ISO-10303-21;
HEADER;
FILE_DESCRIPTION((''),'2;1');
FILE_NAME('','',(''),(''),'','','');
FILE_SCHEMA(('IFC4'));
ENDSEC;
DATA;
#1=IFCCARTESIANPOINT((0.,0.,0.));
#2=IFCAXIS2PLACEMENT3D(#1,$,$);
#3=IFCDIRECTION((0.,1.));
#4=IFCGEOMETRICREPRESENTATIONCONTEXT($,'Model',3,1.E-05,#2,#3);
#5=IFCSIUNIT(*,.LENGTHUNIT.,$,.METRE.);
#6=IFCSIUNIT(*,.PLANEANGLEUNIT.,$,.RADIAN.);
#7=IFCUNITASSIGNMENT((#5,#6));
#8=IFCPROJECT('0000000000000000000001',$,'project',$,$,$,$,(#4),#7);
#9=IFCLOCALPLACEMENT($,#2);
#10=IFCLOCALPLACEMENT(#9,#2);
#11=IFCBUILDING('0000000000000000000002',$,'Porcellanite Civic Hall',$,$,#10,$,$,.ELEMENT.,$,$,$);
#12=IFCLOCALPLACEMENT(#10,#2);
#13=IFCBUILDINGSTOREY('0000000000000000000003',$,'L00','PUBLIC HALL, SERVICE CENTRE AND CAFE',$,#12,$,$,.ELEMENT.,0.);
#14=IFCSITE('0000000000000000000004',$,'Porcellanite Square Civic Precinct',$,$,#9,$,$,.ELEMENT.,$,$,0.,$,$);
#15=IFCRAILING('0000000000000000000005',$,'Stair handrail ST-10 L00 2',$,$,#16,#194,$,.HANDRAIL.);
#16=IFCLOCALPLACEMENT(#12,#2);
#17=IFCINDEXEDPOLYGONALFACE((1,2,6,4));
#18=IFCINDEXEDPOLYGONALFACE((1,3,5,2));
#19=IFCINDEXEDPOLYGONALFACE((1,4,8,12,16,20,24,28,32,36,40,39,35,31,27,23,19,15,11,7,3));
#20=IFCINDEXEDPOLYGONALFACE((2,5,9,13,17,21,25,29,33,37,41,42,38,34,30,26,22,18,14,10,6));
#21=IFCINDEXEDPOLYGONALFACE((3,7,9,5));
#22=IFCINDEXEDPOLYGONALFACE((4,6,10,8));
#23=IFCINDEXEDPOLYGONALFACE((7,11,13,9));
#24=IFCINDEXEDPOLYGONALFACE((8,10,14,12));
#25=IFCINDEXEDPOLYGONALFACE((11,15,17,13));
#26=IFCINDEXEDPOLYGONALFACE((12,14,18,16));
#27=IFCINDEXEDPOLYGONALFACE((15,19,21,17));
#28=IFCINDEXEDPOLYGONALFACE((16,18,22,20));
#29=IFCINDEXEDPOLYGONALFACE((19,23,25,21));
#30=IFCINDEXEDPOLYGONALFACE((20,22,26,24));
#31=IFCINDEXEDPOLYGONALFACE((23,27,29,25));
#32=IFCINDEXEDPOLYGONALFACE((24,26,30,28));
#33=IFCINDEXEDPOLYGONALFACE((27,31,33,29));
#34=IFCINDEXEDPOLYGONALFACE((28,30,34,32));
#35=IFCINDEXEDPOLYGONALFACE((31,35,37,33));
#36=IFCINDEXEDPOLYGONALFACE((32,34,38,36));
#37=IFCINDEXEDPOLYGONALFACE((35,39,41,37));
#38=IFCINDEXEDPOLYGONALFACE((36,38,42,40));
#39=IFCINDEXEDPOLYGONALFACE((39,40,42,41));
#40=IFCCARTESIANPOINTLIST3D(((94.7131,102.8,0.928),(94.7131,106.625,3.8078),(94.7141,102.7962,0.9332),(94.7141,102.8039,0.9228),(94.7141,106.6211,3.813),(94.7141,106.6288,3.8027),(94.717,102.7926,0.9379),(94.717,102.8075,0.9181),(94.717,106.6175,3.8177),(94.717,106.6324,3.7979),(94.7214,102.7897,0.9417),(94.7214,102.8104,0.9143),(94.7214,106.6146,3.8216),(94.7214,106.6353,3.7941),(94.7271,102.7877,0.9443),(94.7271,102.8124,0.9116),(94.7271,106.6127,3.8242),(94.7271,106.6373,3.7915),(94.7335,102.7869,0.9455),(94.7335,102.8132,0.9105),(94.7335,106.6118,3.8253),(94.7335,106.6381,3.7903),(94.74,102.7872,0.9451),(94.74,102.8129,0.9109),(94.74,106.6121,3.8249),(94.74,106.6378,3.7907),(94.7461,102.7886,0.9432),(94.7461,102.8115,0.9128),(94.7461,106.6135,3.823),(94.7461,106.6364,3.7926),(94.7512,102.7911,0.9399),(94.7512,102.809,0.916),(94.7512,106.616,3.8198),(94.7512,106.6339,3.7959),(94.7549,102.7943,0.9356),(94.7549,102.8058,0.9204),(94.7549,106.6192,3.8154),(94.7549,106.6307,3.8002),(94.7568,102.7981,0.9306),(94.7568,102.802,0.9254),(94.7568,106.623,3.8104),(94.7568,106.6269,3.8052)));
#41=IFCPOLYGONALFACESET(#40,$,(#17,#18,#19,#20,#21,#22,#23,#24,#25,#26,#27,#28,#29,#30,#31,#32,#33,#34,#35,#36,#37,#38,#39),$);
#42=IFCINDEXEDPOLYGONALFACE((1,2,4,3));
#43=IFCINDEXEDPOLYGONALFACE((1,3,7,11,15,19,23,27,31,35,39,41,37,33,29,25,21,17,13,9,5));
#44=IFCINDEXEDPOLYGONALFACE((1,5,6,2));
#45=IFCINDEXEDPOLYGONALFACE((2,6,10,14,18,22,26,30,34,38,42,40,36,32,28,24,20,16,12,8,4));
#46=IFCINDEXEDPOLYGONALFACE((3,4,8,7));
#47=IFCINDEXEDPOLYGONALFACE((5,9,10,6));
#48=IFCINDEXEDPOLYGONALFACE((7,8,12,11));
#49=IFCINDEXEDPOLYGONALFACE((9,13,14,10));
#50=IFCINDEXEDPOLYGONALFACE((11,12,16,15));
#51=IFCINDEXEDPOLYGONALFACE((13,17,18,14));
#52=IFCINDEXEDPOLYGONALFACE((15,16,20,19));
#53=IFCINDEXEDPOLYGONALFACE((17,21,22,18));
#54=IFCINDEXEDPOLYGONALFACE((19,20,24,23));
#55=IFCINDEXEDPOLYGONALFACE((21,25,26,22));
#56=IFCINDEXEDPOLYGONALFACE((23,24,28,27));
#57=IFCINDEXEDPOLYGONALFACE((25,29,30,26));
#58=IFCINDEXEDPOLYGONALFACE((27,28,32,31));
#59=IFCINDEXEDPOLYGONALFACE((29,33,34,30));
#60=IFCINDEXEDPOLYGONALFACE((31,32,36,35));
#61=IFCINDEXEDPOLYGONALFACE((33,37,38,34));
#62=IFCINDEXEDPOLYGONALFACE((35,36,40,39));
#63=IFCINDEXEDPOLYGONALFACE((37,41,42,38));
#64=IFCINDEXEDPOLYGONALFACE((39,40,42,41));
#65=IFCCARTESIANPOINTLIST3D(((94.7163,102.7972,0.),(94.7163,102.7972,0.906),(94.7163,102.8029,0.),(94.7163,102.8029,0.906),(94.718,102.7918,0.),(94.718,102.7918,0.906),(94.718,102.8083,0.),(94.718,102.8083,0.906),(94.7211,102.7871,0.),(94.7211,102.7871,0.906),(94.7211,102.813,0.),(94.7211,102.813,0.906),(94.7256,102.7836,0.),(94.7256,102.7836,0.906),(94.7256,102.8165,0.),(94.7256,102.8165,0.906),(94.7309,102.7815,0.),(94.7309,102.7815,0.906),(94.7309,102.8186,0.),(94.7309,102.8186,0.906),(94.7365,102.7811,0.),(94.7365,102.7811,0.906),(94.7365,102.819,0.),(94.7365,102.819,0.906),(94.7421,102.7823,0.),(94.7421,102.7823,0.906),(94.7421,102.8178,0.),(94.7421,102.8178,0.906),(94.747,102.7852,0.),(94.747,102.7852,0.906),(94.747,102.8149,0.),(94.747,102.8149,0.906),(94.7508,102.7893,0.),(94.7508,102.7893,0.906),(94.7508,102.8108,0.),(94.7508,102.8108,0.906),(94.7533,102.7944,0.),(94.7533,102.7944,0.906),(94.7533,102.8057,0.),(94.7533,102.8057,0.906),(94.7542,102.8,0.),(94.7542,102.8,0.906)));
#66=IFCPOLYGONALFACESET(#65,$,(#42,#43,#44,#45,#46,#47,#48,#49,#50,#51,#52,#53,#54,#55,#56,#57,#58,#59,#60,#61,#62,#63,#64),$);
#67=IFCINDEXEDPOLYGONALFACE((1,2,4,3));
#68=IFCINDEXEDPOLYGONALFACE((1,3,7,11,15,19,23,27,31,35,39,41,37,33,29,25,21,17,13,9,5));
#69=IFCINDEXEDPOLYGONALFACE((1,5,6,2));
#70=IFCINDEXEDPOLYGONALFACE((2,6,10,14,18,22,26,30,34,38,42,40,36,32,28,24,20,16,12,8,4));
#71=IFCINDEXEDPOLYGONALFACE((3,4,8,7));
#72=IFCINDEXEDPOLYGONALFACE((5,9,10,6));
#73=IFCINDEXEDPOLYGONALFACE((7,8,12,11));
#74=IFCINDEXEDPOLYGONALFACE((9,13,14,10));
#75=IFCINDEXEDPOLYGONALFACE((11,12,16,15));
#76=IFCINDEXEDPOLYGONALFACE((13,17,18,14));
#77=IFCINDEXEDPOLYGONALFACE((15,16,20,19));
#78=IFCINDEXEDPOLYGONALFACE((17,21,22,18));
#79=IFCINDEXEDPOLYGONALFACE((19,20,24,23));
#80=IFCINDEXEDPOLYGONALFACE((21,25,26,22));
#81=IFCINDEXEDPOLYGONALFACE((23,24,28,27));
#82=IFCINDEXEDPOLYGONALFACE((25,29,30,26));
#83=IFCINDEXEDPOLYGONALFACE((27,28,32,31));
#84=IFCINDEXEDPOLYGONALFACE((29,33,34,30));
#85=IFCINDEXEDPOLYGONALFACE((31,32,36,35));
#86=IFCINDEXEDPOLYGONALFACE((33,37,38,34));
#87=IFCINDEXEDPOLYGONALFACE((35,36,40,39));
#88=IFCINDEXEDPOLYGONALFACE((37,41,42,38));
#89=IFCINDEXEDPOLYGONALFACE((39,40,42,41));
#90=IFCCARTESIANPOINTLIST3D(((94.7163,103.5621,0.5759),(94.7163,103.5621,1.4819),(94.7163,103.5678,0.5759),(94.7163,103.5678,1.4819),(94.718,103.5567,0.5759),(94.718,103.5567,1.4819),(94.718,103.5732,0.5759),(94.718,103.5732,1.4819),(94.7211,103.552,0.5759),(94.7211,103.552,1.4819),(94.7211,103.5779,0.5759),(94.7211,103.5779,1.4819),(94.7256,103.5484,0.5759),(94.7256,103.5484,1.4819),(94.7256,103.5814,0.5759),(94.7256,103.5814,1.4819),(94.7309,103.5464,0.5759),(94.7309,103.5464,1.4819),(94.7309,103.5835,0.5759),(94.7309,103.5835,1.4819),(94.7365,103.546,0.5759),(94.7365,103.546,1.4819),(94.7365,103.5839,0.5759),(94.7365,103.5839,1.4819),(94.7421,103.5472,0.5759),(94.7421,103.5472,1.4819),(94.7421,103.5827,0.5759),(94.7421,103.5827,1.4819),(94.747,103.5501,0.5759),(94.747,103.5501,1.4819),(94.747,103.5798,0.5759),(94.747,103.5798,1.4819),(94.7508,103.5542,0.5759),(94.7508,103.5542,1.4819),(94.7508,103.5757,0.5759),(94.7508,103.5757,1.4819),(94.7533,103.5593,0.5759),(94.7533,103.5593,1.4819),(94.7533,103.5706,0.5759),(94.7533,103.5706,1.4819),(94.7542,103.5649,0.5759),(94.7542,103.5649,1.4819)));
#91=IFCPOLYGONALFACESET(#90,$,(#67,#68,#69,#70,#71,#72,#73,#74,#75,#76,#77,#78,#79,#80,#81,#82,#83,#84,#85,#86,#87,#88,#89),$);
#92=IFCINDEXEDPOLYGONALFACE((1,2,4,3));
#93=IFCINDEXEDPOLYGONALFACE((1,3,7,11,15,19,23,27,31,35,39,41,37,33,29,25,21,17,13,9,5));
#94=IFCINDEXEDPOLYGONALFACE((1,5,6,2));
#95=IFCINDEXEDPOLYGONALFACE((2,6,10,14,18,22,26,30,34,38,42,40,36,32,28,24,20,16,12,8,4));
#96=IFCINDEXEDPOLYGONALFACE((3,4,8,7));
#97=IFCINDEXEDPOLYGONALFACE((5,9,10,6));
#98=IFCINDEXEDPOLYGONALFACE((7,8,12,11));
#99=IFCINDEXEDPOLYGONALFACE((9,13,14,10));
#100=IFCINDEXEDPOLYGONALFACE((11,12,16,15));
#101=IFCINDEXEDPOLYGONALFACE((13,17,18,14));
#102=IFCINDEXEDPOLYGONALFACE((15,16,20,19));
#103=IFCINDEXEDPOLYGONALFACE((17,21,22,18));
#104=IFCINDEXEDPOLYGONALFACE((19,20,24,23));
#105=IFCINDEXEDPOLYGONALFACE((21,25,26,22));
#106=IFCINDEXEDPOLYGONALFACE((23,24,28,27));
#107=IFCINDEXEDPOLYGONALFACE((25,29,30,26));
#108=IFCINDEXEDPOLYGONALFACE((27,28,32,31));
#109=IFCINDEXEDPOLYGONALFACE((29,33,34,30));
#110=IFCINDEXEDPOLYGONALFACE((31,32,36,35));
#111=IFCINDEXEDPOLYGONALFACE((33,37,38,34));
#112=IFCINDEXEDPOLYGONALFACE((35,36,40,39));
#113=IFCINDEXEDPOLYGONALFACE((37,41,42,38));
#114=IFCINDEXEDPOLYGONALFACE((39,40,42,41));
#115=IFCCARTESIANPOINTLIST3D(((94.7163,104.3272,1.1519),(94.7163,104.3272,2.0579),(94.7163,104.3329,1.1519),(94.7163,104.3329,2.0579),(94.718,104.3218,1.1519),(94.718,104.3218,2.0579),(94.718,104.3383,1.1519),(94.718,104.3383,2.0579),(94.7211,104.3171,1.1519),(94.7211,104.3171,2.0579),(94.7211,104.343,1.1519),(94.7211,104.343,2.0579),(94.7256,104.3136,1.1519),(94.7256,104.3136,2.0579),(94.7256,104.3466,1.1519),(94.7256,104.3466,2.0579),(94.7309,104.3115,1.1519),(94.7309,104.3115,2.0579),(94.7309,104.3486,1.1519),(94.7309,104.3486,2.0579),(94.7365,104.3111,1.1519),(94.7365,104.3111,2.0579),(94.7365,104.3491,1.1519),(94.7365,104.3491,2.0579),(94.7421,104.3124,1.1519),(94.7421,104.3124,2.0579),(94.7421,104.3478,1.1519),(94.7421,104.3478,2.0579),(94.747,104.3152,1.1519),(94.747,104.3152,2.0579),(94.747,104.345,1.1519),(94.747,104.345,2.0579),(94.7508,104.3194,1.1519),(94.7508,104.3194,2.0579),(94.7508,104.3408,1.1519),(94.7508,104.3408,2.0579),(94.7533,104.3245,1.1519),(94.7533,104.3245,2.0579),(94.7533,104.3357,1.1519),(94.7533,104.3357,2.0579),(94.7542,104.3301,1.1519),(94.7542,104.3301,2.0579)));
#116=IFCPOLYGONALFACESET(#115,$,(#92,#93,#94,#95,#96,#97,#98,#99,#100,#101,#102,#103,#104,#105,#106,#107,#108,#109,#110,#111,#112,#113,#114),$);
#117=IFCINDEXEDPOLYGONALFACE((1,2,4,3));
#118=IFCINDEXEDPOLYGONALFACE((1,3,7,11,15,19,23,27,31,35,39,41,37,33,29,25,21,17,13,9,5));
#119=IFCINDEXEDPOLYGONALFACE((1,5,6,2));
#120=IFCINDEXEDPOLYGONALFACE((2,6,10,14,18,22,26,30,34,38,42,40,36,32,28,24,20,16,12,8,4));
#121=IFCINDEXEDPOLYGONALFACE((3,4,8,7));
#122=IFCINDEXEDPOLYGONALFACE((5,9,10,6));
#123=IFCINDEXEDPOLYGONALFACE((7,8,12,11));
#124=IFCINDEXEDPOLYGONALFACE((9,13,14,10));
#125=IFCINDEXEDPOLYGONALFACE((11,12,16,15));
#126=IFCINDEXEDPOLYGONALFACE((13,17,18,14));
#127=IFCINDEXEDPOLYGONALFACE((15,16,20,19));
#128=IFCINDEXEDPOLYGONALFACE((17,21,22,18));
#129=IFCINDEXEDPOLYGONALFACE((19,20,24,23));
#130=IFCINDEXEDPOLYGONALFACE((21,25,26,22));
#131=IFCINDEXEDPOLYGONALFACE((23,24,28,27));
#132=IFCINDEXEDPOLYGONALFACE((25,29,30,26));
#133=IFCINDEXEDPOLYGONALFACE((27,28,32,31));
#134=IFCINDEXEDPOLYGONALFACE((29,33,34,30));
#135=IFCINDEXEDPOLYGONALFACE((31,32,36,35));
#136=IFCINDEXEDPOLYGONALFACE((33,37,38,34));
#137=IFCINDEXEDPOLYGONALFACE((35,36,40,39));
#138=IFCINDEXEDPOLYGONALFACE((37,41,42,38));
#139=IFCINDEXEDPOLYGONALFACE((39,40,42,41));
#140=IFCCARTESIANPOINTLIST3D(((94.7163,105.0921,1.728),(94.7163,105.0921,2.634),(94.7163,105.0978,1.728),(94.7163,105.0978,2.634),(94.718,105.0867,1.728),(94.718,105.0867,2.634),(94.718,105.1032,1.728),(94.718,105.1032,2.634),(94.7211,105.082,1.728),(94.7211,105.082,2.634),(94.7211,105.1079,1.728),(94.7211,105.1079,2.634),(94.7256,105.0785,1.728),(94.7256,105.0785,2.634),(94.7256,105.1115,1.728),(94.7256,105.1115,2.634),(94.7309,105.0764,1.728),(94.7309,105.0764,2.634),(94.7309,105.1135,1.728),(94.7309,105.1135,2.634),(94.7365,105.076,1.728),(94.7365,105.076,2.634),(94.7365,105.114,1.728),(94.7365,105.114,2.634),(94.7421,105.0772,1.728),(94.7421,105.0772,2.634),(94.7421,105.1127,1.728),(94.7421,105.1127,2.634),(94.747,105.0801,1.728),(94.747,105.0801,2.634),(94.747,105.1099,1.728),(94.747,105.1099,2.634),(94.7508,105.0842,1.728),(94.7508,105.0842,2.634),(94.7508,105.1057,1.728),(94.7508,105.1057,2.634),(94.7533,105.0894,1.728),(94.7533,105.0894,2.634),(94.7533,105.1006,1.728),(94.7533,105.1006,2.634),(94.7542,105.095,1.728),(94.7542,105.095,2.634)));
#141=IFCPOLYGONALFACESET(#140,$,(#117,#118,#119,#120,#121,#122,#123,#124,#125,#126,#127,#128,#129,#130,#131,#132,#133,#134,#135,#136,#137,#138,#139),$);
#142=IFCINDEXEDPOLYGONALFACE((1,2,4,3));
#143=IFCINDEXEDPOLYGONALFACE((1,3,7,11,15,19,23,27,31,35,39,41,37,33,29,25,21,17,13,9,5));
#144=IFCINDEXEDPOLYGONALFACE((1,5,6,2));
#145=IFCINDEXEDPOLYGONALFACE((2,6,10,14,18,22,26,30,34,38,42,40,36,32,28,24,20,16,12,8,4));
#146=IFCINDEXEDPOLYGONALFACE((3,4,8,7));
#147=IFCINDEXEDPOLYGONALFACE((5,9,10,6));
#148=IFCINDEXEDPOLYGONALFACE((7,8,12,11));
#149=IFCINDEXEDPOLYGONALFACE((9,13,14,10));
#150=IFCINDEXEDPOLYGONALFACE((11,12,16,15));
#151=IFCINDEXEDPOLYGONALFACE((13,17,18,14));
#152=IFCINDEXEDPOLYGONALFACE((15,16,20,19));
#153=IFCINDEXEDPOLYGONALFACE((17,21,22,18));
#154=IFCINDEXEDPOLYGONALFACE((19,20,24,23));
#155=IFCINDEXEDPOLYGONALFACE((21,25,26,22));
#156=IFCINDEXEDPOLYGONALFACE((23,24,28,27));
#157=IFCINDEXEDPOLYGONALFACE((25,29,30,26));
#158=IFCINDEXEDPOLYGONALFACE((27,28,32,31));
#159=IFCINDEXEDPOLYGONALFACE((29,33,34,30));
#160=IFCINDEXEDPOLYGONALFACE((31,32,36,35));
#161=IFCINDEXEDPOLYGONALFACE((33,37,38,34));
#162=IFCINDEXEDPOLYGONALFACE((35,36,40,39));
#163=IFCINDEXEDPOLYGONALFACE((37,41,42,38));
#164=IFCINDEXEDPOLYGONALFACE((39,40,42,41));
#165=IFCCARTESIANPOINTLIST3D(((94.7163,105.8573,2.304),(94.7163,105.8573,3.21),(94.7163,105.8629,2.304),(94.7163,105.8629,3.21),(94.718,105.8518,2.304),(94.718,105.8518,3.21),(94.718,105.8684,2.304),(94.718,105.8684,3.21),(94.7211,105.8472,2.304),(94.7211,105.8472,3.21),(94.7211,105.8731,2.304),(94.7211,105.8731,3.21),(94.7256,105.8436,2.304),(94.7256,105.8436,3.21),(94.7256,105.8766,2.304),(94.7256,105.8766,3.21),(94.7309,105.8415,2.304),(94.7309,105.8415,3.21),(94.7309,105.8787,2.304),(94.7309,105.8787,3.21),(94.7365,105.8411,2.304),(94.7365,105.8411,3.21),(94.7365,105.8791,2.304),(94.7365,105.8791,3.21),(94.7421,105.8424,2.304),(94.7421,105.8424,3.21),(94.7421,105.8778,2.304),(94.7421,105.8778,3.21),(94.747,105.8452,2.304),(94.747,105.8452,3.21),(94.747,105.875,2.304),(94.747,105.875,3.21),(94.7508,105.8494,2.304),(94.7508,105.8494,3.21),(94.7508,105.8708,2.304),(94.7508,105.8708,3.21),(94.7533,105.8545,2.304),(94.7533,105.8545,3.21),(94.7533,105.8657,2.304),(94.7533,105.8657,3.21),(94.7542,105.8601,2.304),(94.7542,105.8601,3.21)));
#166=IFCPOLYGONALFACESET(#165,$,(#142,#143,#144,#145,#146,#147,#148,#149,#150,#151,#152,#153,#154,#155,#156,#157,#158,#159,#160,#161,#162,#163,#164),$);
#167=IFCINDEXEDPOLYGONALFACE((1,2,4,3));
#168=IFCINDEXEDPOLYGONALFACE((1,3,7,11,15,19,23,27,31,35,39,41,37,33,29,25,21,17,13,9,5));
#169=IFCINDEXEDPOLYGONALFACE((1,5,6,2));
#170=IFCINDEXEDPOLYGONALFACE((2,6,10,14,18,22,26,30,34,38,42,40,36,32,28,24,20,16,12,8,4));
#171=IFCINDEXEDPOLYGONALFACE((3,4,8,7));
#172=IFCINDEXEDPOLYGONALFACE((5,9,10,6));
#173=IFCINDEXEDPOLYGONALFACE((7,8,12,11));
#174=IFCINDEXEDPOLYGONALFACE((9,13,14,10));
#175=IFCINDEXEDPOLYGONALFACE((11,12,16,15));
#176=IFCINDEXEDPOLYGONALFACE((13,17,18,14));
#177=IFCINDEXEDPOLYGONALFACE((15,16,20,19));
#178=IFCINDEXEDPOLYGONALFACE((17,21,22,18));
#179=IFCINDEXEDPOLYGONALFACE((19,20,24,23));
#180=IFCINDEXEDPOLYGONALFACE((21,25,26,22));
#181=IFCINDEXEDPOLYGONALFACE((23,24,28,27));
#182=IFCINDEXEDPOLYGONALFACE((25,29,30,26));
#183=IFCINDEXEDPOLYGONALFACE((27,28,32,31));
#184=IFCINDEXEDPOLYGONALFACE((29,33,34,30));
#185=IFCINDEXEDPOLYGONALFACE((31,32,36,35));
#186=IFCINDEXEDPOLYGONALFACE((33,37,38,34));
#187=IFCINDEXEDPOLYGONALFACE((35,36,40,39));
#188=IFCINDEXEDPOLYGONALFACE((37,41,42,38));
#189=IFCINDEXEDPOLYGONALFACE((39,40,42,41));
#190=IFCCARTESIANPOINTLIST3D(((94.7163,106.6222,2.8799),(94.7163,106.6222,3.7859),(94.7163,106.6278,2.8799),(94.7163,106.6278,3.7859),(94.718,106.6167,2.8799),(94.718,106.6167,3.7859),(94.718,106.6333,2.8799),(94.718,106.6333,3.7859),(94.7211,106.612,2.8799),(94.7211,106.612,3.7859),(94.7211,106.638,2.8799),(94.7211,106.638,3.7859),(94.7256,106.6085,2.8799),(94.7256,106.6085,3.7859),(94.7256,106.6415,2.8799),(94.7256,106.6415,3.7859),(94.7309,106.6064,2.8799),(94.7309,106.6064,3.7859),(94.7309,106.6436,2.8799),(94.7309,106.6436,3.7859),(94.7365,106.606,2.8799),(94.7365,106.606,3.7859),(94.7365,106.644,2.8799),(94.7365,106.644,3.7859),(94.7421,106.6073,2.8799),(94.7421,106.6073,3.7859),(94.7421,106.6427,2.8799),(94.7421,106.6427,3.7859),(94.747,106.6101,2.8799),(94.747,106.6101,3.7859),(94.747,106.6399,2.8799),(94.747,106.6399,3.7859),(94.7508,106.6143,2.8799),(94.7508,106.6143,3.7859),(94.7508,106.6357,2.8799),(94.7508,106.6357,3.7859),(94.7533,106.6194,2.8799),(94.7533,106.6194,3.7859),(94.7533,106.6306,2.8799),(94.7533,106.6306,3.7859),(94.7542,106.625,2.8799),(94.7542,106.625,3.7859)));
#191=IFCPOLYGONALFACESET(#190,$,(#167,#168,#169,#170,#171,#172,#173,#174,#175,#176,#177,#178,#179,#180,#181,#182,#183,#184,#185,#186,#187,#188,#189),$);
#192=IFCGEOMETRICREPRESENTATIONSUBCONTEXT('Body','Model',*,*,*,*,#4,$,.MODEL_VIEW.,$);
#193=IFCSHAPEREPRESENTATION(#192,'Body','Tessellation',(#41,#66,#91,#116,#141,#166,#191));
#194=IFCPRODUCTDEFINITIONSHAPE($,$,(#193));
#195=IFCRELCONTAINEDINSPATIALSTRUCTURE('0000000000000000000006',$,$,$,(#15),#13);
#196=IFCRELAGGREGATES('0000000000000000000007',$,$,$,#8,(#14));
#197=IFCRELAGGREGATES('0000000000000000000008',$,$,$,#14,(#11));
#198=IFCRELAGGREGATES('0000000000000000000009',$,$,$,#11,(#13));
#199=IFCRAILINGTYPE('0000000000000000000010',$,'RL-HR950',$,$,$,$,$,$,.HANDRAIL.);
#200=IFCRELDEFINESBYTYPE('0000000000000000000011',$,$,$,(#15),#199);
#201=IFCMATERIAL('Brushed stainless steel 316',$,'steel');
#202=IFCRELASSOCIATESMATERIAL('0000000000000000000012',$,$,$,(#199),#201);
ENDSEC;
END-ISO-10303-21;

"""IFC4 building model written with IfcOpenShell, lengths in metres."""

from ifc_helpers import new_model, si_unit, direction, frame, origin, origin_2d, place, context, subcontext, project, spatial, circle, extrude, material, type_object, element, save


model = new_model("IFC4")

# Units and contexts
model_context = context("Model", 3, precision=1e-05, world=origin(), true_north=direction((0.0, 1.0)))
body_context = subcontext(model_context, "Body", "Model", "MODEL_VIEW")
ifc_project = project(units=[si_unit("LENGTHUNIT", "METRE"), si_unit("PLANEANGLEUNIT", "RADIAN")], contexts=[model_context])

# Site, building, storey
site_placement = place(None, origin())
site = spatial("IfcSite", under=ifc_project, at=site_placement, Name="Porcellanite Square Civic Precinct", CompositionType="ELEMENT", RefElevation=0.0)
building_placement = place(site_placement, origin())
building = spatial("IfcBuilding", under=site, at=building_placement, Name="Porcellanite Civic Hall", CompositionType="ELEMENT")
storey_placement = place(building_placement, origin())
storey = spatial("IfcBuildingStorey", under=building, at=storey_placement, Name="L00", Description="PUBLIC HALL, SERVICE CENTRE AND CAFE", CompositionType="ELEMENT", Elevation=0.0)

# Railing
ifc_material_1 = material(Name="Brushed stainless steel 316", Category="steel")
railing_type_1 = type_object("IfcRailingType", Name="RL-HR950", PredefinedType="HANDRAIL", material=ifc_material_1)
railing_1_placement = place(storey_placement, frame((94.7351, 102.8, 0.0)))
element("IfcRailing", 1, at=railing_1_placement, inside=storey, type_object=railing_type_1, Name="Stair handrail ST-10 L00 2", PredefinedType="HANDRAIL", context=body_context, shape_type="SweptSolid", body=[
    extrude(circle(Radius=0.022, at=origin_2d()), frame((0.0, 0.0, 0.928), z_axis=(0.0, 0.798879, 0.601492), x_axis=(-1.0, 0.0, 0.0)), (0.0, 0.0, 1.0), 4.7878),
    extrude(circle(Radius=0.019, at=origin_2d()), origin(), (0.0, 0.0, 1.0), 0.906),
    extrude(circle(Radius=0.019, at=origin_2d()), frame((0.0, 0.7649, 0.5759)), (0.0, 0.0, 1.0), 0.906),
    extrude(circle(Radius=0.019, at=origin_2d()), frame((0.0, 1.53, 1.1519)), (0.0, 0.0, 1.0), 0.906),
    extrude(circle(Radius=0.019, at=origin_2d()), frame((0.0, 2.2949, 1.728)), (0.0, 0.0, 1.0), 0.906),
    extrude(circle(Radius=0.019, at=origin_2d()), frame((0.0, 3.0601, 2.304)), (0.0, 0.0, 1.0), 0.906),
    extrude(circle(Radius=0.019, at=origin_2d()), frame((0.0, 3.825, 2.8799)), (0.0, 0.0, 1.0), 0.906),
])

save(model, "model.ifc")
